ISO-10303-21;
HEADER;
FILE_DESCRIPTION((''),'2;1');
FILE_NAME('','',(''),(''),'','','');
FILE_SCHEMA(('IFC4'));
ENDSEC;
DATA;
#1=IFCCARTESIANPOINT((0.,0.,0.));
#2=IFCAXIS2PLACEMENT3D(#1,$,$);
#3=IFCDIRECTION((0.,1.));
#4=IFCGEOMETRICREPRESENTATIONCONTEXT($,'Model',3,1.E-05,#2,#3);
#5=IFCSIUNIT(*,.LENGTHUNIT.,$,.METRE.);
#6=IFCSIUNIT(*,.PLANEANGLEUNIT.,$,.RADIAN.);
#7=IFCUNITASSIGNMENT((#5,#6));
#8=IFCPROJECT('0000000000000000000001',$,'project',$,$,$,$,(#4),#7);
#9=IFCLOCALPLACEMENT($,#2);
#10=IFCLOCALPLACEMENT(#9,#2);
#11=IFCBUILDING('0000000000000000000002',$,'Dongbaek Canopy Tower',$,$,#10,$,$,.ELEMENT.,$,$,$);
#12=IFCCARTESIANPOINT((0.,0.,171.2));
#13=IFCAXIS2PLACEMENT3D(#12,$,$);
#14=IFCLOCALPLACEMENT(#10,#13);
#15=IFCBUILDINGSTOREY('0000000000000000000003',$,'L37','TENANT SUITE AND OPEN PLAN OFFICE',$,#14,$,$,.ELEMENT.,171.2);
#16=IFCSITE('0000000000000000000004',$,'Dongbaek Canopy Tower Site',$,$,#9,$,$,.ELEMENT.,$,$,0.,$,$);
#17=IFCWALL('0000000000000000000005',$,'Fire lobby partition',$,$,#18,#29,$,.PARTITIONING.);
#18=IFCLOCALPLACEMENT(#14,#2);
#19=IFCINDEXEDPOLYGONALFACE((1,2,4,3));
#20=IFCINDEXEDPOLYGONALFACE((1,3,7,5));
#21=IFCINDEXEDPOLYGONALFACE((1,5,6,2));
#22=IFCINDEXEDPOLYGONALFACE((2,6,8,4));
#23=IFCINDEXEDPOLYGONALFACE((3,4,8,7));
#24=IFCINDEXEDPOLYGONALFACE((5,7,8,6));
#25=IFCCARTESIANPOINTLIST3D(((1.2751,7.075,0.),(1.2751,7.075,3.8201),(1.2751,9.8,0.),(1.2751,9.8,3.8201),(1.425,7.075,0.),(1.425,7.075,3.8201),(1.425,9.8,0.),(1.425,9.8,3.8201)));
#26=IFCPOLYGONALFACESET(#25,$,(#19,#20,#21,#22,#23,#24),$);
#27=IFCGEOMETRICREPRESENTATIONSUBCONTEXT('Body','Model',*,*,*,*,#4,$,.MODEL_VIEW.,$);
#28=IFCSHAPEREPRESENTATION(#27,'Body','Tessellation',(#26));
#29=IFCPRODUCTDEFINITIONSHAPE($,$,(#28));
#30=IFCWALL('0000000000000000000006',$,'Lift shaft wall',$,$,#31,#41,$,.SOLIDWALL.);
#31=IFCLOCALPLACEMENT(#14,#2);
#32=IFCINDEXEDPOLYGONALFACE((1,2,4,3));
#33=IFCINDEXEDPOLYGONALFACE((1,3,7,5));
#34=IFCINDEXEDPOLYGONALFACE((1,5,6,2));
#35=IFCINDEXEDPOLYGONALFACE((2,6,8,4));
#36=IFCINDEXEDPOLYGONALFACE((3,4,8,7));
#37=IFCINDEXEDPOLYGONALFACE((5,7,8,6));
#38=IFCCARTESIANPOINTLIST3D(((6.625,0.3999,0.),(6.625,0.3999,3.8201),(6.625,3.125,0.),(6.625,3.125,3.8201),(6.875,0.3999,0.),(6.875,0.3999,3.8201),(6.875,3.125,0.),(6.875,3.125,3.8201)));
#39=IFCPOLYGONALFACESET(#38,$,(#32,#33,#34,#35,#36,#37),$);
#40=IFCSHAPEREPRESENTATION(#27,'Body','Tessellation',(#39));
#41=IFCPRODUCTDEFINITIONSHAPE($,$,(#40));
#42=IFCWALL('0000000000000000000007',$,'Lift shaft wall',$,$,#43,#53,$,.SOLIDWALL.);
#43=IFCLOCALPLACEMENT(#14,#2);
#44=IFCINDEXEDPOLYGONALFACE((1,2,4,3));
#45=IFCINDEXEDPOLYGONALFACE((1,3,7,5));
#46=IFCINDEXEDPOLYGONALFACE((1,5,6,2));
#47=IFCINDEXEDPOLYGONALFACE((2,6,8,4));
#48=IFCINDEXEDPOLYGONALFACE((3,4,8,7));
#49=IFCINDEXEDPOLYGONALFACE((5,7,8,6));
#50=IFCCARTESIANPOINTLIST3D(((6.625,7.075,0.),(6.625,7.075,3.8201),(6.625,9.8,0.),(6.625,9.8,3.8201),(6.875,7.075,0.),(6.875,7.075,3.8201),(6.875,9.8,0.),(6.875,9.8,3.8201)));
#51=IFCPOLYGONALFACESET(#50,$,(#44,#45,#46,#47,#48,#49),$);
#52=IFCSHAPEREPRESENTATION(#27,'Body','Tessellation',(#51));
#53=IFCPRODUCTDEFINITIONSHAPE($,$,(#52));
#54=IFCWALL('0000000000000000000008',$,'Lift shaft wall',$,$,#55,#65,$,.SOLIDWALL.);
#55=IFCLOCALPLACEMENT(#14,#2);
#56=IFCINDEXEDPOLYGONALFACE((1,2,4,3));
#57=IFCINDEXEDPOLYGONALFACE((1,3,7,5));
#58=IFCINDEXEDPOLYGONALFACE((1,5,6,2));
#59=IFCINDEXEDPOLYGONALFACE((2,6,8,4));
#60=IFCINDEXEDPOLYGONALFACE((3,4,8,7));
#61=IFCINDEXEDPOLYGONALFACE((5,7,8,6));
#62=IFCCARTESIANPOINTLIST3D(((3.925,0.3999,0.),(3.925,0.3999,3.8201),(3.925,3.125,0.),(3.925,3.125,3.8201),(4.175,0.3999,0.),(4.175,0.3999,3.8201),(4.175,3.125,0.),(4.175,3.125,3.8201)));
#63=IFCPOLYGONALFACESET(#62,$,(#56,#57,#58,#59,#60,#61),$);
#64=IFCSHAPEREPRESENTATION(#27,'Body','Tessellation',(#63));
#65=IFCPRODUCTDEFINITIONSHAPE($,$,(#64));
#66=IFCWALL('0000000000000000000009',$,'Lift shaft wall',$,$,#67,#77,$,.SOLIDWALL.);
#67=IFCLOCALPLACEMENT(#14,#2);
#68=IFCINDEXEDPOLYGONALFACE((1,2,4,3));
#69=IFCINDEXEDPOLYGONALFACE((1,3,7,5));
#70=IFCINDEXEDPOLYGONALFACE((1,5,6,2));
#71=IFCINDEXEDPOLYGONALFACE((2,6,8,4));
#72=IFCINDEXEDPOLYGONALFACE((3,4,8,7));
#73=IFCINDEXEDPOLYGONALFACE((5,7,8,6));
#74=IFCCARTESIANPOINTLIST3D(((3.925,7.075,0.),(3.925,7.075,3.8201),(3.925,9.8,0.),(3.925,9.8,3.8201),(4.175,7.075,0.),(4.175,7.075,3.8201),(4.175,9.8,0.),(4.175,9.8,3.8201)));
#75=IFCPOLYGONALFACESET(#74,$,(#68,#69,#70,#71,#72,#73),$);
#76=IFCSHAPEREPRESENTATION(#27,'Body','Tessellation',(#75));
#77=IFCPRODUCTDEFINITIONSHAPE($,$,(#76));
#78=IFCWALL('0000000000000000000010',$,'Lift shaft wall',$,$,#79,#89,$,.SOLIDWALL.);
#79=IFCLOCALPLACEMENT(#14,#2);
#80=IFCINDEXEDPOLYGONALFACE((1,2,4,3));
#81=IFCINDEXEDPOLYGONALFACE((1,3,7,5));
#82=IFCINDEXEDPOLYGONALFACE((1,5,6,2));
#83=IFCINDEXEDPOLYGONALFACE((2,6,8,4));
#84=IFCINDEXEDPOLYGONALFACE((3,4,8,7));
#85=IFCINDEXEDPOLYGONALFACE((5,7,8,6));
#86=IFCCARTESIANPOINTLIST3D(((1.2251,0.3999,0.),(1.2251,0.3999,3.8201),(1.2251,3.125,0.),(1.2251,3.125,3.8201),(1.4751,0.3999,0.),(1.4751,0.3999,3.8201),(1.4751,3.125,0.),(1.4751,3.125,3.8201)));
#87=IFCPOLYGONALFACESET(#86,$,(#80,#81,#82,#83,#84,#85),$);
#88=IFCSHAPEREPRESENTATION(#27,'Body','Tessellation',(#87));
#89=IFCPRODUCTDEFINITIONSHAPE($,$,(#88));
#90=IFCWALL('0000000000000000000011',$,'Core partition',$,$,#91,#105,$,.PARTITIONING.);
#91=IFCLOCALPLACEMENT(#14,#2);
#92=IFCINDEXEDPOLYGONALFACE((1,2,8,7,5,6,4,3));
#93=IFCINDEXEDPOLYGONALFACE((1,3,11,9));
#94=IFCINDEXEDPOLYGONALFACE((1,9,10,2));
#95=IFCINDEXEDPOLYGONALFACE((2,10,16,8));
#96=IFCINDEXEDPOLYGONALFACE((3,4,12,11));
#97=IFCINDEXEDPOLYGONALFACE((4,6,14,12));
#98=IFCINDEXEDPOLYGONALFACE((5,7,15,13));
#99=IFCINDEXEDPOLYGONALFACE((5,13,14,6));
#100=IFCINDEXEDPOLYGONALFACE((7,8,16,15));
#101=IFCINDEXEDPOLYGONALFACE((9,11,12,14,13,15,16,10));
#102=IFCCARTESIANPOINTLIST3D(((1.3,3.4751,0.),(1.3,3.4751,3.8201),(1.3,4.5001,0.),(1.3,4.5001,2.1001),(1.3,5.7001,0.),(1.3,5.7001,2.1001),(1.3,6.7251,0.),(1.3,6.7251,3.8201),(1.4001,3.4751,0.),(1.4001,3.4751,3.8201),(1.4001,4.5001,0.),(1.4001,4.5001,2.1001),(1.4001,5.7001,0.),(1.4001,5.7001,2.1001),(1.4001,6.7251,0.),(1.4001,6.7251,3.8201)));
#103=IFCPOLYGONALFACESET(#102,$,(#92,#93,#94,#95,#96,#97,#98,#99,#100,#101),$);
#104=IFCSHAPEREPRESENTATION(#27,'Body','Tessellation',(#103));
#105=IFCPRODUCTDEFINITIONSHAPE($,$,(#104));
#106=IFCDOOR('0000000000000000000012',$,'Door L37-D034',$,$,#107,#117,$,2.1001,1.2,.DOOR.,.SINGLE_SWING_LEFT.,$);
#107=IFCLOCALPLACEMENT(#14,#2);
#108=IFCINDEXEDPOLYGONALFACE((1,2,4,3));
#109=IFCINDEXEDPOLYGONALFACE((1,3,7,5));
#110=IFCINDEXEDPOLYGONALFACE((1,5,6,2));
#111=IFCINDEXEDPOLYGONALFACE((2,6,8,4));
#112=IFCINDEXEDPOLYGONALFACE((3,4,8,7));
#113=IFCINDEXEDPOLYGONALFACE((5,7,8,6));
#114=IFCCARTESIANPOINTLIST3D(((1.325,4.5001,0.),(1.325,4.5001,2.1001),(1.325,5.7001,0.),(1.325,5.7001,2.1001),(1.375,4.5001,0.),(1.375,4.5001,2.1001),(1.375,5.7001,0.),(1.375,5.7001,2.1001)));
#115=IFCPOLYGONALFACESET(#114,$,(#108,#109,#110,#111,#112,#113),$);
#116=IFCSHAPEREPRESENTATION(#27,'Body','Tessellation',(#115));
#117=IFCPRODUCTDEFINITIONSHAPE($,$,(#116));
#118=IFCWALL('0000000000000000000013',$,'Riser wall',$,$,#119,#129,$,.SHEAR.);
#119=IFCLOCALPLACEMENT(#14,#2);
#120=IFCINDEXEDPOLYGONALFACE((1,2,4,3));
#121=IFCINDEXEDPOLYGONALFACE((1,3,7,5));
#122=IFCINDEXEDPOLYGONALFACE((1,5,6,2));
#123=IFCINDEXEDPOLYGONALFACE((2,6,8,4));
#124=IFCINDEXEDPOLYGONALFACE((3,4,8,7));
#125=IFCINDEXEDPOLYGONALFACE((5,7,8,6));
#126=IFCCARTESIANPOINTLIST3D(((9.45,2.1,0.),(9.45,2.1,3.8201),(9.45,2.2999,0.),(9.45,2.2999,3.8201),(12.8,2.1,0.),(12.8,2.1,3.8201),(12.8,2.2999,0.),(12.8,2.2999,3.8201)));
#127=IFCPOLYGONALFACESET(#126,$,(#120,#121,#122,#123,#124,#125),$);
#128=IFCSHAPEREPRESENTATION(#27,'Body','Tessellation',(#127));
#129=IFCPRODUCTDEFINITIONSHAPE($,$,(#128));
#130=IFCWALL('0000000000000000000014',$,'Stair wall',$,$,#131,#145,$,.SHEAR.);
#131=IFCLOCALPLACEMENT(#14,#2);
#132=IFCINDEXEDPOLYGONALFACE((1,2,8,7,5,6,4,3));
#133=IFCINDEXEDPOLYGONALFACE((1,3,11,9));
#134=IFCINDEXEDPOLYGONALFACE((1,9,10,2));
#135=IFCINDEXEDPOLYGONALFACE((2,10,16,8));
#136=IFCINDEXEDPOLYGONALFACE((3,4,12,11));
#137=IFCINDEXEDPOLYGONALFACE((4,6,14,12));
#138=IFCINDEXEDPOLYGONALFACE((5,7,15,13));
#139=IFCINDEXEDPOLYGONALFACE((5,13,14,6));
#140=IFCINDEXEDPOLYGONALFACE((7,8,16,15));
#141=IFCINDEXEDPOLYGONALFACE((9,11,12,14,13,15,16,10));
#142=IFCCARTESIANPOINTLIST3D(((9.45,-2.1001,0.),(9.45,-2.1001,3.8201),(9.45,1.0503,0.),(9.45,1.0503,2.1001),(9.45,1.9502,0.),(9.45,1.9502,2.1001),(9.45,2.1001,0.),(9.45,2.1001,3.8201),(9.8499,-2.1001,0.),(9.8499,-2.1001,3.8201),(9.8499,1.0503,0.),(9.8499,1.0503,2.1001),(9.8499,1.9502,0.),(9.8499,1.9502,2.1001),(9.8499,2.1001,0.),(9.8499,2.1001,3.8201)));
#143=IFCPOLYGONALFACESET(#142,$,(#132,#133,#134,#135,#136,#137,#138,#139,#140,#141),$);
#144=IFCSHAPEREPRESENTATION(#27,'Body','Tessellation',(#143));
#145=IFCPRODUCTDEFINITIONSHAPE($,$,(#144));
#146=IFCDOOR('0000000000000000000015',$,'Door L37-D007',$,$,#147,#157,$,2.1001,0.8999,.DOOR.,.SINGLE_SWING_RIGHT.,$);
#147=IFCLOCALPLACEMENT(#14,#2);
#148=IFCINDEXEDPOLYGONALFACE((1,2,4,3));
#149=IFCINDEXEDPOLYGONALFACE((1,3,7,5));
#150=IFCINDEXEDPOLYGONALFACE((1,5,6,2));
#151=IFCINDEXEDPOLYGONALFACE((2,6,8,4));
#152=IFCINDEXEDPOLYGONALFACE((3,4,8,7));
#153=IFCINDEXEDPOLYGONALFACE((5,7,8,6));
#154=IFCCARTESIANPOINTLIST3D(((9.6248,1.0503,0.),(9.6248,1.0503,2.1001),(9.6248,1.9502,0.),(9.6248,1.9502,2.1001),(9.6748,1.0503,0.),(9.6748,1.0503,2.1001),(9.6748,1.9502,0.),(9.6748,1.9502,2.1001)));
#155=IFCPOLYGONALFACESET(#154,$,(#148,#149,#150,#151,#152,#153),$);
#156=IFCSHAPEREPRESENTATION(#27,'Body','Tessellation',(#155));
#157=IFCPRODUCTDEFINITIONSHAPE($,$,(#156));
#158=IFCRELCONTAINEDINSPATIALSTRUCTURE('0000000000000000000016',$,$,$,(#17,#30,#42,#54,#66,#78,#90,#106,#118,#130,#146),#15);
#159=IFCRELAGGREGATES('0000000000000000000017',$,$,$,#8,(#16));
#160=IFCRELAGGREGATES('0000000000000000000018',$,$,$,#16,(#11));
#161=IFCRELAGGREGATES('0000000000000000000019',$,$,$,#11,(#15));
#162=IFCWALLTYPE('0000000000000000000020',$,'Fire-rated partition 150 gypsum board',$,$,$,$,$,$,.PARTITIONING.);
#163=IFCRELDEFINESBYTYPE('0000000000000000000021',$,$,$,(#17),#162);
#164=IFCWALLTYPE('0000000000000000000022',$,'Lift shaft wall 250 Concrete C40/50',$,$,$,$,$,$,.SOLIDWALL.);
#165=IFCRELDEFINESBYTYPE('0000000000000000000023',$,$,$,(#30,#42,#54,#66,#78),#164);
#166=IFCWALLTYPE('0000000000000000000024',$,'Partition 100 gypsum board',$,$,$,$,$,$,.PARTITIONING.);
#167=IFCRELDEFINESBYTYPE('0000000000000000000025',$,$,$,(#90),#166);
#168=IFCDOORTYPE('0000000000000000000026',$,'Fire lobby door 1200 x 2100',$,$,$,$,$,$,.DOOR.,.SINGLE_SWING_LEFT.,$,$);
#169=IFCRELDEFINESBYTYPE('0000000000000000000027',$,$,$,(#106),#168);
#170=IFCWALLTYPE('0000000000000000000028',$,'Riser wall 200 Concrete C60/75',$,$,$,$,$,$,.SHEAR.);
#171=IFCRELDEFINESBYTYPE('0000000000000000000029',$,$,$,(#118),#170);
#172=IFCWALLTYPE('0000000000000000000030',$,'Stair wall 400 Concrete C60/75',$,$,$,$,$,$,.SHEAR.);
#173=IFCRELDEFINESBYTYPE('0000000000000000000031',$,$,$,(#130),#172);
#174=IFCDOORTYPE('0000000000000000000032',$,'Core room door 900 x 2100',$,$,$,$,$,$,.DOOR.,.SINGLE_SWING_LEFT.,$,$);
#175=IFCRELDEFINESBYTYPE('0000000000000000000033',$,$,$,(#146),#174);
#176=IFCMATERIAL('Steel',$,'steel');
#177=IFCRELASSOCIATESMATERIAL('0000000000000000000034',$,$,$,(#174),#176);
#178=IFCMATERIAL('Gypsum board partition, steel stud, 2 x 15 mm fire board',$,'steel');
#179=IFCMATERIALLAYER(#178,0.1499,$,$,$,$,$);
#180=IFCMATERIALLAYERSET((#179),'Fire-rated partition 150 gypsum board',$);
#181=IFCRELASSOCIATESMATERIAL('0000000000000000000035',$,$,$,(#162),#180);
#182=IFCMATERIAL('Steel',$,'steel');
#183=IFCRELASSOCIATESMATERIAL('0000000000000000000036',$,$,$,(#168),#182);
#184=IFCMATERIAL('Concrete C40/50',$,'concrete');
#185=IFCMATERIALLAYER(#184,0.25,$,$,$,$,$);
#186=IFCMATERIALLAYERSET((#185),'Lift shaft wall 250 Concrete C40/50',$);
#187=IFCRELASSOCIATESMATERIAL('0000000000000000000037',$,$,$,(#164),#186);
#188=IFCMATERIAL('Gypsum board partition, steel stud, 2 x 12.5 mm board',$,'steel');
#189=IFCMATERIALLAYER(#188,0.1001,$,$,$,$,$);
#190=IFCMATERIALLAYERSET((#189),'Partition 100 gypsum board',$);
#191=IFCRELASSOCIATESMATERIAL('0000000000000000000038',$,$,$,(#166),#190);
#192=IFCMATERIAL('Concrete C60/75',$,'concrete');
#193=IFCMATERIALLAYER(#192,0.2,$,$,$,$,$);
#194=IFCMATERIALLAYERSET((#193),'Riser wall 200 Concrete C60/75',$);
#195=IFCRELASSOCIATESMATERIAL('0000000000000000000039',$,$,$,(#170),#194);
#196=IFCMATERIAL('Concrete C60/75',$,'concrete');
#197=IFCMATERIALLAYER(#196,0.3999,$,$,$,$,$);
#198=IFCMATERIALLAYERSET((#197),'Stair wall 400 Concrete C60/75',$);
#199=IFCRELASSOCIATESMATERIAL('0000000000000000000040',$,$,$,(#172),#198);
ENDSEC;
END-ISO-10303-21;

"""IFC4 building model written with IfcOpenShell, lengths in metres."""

from ifc_helpers import new_model, si_unit, direction, frame, frame_2d, origin, place, context, subcontext, project, spatial, rectangle, extrude, material, layer, layer_set, type_object, element, fill, save


model = new_model("IFC4")

# Units and contexts
model_context = context("Model", 3, precision=1e-05, world=origin(), true_north=direction((0.0, 1.0)))
body_context = subcontext(model_context, "Body", "Model", "MODEL_VIEW")
ifc_project = project(units=[si_unit("LENGTHUNIT", "METRE"), si_unit("PLANEANGLEUNIT", "RADIAN")], contexts=[model_context])

# Site, building, storey
site_placement = place(None, origin())
site = spatial("IfcSite", under=ifc_project, at=site_placement, Name="Dongbaek Canopy Tower Site", CompositionType="ELEMENT", RefElevation=0.0)
building_placement = place(site_placement, origin())
building = spatial("IfcBuilding", under=site, at=building_placement, Name="Dongbaek Canopy Tower", CompositionType="ELEMENT")
storey_placement = place(building_placement, frame((0.0, 0.0, 171.2)))
storey = spatial("IfcBuildingStorey", under=building, at=storey_placement, Name="L37", Description="TENANT SUITE AND OPEN PLAN OFFICE", CompositionType="ELEMENT", Elevation=171.2)

# Shared definitions
ifc_material_1 = material(Name="Steel", Category="steel")
door_type_1 = type_object("IfcDoorType", Name="Core room door 900 x 2100", OperationType="SINGLE_SWING_LEFT", PredefinedType="DOOR", material=ifc_material_1)

# Shared definitions
ifc_material_2 = material(Name="Gypsum board partition, steel stud, 2 x 15 mm fire board", Category="steel")
ifc_layer_1 = layer(ifc_material_2, 0.1499)
ifc_layer_set_1 = layer_set([ifc_layer_1], Name="Fire-rated partition 150 gypsum board")
wall_type_1 = type_object("IfcWallType", Name="Fire-rated partition 150 gypsum board", PredefinedType="PARTITIONING", material=ifc_layer_set_1)
ifc_material_3 = material(Name="Steel", Category="steel")
door_type_2 = type_object("IfcDoorType", Name="Fire lobby door 1200 x 2100", OperationType="SINGLE_SWING_LEFT", PredefinedType="DOOR", material=ifc_material_3)

# Walls
wall_1_placement = place(storey_placement, frame((1.3501, 7.075, 0.0), z_axis=(0.0, 0.0, 1.0), x_axis=(0.0, 1.0, 0.0)))
element("IfcWall", 1, at=wall_1_placement, inside=storey, type_object=wall_type_1, Name="Fire lobby partition", PredefinedType="PARTITIONING", context=body_context, shape_type="SweptSolid", body=[
    extrude(rectangle(XDim=2.7251, YDim=0.1499, at=frame_2d((1.3625, 0.0))), origin(), (0.0, 0.0, 1.0), 3.8201),
])
ifc_material_4 = material(Name="Concrete C40/50", Category="concrete")
ifc_layer_2 = layer(ifc_material_4, 0.25)
ifc_layer_set_2 = layer_set([ifc_layer_2], Name="Lift shaft wall 250 Concrete C40/50")
wall_type_2 = type_object("IfcWallType", Name="Lift shaft wall 250 Concrete C40/50", PredefinedType="SOLIDWALL", material=ifc_layer_set_2)
for number, where, z_axis, x_axis, name in (
    (2, (6.75, 0.3999, 0.0), (0.0, 0.0, 1.0), (0.0, 1.0, 0.0), "Lift shaft wall"),
    (3, (6.75, 7.075, 0.0), (0.0, 0.0, 1.0), (0.0, 1.0, 0.0), "Lift shaft wall"),
    (4, (4.05, 0.3999, 0.0), (0.0, 0.0, 1.0), (0.0, 1.0, 0.0), "Lift shaft wall"),
    (5, (4.05, 7.075, 0.0), (0.0, 0.0, 1.0), (0.0, 1.0, 0.0), "Lift shaft wall"),
    (6, (1.3501, 0.3999, 0.0), (0.0, 0.0, 1.0), (0.0, 1.0, 0.0), "Lift shaft wall"),
):
    element("IfcWall", number, at=place(storey_placement, frame(where, z_axis=z_axis, x_axis=x_axis)), inside=storey, type_object=wall_type_2, Name=name, PredefinedType="SOLIDWALL", context=body_context, shape_type="SweptSolid", body=[
        extrude(rectangle(XDim=2.7251, YDim=0.25, at=frame_2d((1.3625, 0.0))), origin(), (0.0, 0.0, 1.0), 3.8201),
    ])

# Wall, opening, door
ifc_material_5 = material(Name="Gypsum board partition, steel stud, 2 x 12.5 mm board", Category="steel")
ifc_layer_3 = layer(ifc_material_5, 0.1001)
ifc_layer_set_3 = layer_set([ifc_layer_3], Name="Partition 100 gypsum board")
wall_type_3 = type_object("IfcWallType", Name="Partition 100 gypsum board", PredefinedType="PARTITIONING", material=ifc_layer_set_3)
wall_2_placement = place(storey_placement, frame((1.3501, 6.7251, 0.0), z_axis=(0.0, 0.0, 1.0), x_axis=(0.0, -1.0, 0.0)))
wall_2 = element("IfcWall", 7, at=wall_2_placement, inside=storey, type_object=wall_type_3, Name="Core partition", PredefinedType="PARTITIONING", context=body_context, shape_type="SweptSolid", body=[
    extrude(rectangle(XDim=3.25, YDim=0.1001, at=frame_2d((1.625, 0.0))), origin(), (0.0, 0.0, 1.0), 3.8201),
])
opening_1_placement = place(wall_2_placement, frame((1.0249, 0.0, 0.0)))
opening_1 = element("IfcOpeningElement", 8, at=opening_1_placement, cuts=wall_2, PredefinedType="OPENING", context=body_context, shape_type="SweptSolid", body=[
    extrude(rectangle(XDim=1.2, YDim=2.1001, at=frame_2d((0.6001, 1.05))), frame((0.0, 0.0601, 0.0), z_axis=(0.0, -1.0, 0.0), x_axis=(1.0, 0.0, 0.0)), (0.0, 0.0, 1.0), 0.1201),
])
door_1_placement = place(opening_1_placement, origin())
door_1 = element("IfcDoor", 9, at=door_1_placement, inside=storey, type_object=door_type_2, Name="Door L37-D034", OperationType="SINGLE_SWING_LEFT", OverallHeight=2.1001, OverallWidth=1.2, PredefinedType="DOOR", context=body_context, shape_type="SweptSolid", body=[
    extrude(rectangle(XDim=1.2, YDim=2.1001, at=frame_2d((0.6001, 1.05))), frame((0.0, 0.0249, 0.0), z_axis=(0.0, -1.0, 0.0), x_axis=(1.0, 0.0, 0.0)), (0.0, 0.0, 1.0), 0.05),
])
fill(opening_1, door_1)

# Wall
ifc_material_6 = material(Name="Concrete C60/75", Category="concrete")
ifc_layer_4 = layer(ifc_material_6, 0.2)
ifc_layer_set_4 = layer_set([ifc_layer_4], Name="Riser wall 200 Concrete C60/75")
wall_type_4 = type_object("IfcWallType", Name="Riser wall 200 Concrete C60/75", PredefinedType="SHEAR", material=ifc_layer_set_4)
wall_3_placement = place(storey_placement, frame((9.45, 2.2, 0.0), z_axis=(0.0, 0.0, 1.0), x_axis=(1.0, 0.0, 0.0)))
element("IfcWall", 10, at=wall_3_placement, inside=storey, type_object=wall_type_4, Name="Riser wall", PredefinedType="SHEAR", context=body_context, shape_type="SweptSolid", body=[
    extrude(rectangle(XDim=3.3501, YDim=0.2, at=frame_2d((1.675, 0.0))), origin(), (0.0, 0.0, 1.0), 3.8201),
])

# Wall, opening, door
ifc_material_7 = material(Name="Concrete C60/75", Category="concrete")
ifc_layer_5 = layer(ifc_material_7, 0.3999)
ifc_layer_set_5 = layer_set([ifc_layer_5], Name="Stair wall 400 Concrete C60/75")
wall_type_5 = type_object("IfcWallType", Name="Stair wall 400 Concrete C60/75", PredefinedType="SHEAR", material=ifc_layer_set_5)
wall_4_placement = place(storey_placement, frame((9.6499, 2.1001, 0.0), z_axis=(0.0, 0.0, 1.0), x_axis=(0.0, -1.0, 0.0)))
wall_4 = element("IfcWall", 11, at=wall_4_placement, inside=storey, type_object=wall_type_5, Name="Stair wall", PredefinedType="SHEAR", context=body_context, shape_type="SweptSolid", body=[
    extrude(rectangle(XDim=4.2002, YDim=0.3999, at=frame_2d((2.1001, 0.0))), origin(), (0.0, 0.0, 1.0), 3.8201),
])
opening_2_placement = place(wall_4_placement, frame((0.1499, 0.0, 0.0)))
opening_2 = element("IfcOpeningElement", 12, at=opening_2_placement, cuts=wall_4, PredefinedType="OPENING", context=body_context, shape_type="SweptSolid", body=[
    extrude(rectangle(XDim=0.8999, YDim=2.1001, at=frame_2d((0.45, 1.05))), frame((0.0, 0.21, 0.0), z_axis=(0.0, -1.0, 0.0), x_axis=(1.0, 0.0, 0.0)), (0.0, 0.0, 1.0), 0.4199),
])
door_2_placement = place(opening_2_placement, origin())
door_2 = element("IfcDoor", 13, at=door_2_placement, inside=storey, type_object=door_type_1, Name="Door L37-D007", OperationType="SINGLE_SWING_RIGHT", OverallHeight=2.1001, OverallWidth=0.8999, PredefinedType="DOOR", context=body_context, shape_type="SweptSolid", body=[
    extrude(rectangle(XDim=0.8999, YDim=2.1001, at=frame_2d((0.45, 1.05))), frame((0.0, 0.0249, 0.0), z_axis=(0.0, -1.0, 0.0), x_axis=(1.0, 0.0, 0.0)), (0.0, 0.0, 1.0), 0.05),
])
fill(opening_2, door_2)

save(model, "model.ifc")
